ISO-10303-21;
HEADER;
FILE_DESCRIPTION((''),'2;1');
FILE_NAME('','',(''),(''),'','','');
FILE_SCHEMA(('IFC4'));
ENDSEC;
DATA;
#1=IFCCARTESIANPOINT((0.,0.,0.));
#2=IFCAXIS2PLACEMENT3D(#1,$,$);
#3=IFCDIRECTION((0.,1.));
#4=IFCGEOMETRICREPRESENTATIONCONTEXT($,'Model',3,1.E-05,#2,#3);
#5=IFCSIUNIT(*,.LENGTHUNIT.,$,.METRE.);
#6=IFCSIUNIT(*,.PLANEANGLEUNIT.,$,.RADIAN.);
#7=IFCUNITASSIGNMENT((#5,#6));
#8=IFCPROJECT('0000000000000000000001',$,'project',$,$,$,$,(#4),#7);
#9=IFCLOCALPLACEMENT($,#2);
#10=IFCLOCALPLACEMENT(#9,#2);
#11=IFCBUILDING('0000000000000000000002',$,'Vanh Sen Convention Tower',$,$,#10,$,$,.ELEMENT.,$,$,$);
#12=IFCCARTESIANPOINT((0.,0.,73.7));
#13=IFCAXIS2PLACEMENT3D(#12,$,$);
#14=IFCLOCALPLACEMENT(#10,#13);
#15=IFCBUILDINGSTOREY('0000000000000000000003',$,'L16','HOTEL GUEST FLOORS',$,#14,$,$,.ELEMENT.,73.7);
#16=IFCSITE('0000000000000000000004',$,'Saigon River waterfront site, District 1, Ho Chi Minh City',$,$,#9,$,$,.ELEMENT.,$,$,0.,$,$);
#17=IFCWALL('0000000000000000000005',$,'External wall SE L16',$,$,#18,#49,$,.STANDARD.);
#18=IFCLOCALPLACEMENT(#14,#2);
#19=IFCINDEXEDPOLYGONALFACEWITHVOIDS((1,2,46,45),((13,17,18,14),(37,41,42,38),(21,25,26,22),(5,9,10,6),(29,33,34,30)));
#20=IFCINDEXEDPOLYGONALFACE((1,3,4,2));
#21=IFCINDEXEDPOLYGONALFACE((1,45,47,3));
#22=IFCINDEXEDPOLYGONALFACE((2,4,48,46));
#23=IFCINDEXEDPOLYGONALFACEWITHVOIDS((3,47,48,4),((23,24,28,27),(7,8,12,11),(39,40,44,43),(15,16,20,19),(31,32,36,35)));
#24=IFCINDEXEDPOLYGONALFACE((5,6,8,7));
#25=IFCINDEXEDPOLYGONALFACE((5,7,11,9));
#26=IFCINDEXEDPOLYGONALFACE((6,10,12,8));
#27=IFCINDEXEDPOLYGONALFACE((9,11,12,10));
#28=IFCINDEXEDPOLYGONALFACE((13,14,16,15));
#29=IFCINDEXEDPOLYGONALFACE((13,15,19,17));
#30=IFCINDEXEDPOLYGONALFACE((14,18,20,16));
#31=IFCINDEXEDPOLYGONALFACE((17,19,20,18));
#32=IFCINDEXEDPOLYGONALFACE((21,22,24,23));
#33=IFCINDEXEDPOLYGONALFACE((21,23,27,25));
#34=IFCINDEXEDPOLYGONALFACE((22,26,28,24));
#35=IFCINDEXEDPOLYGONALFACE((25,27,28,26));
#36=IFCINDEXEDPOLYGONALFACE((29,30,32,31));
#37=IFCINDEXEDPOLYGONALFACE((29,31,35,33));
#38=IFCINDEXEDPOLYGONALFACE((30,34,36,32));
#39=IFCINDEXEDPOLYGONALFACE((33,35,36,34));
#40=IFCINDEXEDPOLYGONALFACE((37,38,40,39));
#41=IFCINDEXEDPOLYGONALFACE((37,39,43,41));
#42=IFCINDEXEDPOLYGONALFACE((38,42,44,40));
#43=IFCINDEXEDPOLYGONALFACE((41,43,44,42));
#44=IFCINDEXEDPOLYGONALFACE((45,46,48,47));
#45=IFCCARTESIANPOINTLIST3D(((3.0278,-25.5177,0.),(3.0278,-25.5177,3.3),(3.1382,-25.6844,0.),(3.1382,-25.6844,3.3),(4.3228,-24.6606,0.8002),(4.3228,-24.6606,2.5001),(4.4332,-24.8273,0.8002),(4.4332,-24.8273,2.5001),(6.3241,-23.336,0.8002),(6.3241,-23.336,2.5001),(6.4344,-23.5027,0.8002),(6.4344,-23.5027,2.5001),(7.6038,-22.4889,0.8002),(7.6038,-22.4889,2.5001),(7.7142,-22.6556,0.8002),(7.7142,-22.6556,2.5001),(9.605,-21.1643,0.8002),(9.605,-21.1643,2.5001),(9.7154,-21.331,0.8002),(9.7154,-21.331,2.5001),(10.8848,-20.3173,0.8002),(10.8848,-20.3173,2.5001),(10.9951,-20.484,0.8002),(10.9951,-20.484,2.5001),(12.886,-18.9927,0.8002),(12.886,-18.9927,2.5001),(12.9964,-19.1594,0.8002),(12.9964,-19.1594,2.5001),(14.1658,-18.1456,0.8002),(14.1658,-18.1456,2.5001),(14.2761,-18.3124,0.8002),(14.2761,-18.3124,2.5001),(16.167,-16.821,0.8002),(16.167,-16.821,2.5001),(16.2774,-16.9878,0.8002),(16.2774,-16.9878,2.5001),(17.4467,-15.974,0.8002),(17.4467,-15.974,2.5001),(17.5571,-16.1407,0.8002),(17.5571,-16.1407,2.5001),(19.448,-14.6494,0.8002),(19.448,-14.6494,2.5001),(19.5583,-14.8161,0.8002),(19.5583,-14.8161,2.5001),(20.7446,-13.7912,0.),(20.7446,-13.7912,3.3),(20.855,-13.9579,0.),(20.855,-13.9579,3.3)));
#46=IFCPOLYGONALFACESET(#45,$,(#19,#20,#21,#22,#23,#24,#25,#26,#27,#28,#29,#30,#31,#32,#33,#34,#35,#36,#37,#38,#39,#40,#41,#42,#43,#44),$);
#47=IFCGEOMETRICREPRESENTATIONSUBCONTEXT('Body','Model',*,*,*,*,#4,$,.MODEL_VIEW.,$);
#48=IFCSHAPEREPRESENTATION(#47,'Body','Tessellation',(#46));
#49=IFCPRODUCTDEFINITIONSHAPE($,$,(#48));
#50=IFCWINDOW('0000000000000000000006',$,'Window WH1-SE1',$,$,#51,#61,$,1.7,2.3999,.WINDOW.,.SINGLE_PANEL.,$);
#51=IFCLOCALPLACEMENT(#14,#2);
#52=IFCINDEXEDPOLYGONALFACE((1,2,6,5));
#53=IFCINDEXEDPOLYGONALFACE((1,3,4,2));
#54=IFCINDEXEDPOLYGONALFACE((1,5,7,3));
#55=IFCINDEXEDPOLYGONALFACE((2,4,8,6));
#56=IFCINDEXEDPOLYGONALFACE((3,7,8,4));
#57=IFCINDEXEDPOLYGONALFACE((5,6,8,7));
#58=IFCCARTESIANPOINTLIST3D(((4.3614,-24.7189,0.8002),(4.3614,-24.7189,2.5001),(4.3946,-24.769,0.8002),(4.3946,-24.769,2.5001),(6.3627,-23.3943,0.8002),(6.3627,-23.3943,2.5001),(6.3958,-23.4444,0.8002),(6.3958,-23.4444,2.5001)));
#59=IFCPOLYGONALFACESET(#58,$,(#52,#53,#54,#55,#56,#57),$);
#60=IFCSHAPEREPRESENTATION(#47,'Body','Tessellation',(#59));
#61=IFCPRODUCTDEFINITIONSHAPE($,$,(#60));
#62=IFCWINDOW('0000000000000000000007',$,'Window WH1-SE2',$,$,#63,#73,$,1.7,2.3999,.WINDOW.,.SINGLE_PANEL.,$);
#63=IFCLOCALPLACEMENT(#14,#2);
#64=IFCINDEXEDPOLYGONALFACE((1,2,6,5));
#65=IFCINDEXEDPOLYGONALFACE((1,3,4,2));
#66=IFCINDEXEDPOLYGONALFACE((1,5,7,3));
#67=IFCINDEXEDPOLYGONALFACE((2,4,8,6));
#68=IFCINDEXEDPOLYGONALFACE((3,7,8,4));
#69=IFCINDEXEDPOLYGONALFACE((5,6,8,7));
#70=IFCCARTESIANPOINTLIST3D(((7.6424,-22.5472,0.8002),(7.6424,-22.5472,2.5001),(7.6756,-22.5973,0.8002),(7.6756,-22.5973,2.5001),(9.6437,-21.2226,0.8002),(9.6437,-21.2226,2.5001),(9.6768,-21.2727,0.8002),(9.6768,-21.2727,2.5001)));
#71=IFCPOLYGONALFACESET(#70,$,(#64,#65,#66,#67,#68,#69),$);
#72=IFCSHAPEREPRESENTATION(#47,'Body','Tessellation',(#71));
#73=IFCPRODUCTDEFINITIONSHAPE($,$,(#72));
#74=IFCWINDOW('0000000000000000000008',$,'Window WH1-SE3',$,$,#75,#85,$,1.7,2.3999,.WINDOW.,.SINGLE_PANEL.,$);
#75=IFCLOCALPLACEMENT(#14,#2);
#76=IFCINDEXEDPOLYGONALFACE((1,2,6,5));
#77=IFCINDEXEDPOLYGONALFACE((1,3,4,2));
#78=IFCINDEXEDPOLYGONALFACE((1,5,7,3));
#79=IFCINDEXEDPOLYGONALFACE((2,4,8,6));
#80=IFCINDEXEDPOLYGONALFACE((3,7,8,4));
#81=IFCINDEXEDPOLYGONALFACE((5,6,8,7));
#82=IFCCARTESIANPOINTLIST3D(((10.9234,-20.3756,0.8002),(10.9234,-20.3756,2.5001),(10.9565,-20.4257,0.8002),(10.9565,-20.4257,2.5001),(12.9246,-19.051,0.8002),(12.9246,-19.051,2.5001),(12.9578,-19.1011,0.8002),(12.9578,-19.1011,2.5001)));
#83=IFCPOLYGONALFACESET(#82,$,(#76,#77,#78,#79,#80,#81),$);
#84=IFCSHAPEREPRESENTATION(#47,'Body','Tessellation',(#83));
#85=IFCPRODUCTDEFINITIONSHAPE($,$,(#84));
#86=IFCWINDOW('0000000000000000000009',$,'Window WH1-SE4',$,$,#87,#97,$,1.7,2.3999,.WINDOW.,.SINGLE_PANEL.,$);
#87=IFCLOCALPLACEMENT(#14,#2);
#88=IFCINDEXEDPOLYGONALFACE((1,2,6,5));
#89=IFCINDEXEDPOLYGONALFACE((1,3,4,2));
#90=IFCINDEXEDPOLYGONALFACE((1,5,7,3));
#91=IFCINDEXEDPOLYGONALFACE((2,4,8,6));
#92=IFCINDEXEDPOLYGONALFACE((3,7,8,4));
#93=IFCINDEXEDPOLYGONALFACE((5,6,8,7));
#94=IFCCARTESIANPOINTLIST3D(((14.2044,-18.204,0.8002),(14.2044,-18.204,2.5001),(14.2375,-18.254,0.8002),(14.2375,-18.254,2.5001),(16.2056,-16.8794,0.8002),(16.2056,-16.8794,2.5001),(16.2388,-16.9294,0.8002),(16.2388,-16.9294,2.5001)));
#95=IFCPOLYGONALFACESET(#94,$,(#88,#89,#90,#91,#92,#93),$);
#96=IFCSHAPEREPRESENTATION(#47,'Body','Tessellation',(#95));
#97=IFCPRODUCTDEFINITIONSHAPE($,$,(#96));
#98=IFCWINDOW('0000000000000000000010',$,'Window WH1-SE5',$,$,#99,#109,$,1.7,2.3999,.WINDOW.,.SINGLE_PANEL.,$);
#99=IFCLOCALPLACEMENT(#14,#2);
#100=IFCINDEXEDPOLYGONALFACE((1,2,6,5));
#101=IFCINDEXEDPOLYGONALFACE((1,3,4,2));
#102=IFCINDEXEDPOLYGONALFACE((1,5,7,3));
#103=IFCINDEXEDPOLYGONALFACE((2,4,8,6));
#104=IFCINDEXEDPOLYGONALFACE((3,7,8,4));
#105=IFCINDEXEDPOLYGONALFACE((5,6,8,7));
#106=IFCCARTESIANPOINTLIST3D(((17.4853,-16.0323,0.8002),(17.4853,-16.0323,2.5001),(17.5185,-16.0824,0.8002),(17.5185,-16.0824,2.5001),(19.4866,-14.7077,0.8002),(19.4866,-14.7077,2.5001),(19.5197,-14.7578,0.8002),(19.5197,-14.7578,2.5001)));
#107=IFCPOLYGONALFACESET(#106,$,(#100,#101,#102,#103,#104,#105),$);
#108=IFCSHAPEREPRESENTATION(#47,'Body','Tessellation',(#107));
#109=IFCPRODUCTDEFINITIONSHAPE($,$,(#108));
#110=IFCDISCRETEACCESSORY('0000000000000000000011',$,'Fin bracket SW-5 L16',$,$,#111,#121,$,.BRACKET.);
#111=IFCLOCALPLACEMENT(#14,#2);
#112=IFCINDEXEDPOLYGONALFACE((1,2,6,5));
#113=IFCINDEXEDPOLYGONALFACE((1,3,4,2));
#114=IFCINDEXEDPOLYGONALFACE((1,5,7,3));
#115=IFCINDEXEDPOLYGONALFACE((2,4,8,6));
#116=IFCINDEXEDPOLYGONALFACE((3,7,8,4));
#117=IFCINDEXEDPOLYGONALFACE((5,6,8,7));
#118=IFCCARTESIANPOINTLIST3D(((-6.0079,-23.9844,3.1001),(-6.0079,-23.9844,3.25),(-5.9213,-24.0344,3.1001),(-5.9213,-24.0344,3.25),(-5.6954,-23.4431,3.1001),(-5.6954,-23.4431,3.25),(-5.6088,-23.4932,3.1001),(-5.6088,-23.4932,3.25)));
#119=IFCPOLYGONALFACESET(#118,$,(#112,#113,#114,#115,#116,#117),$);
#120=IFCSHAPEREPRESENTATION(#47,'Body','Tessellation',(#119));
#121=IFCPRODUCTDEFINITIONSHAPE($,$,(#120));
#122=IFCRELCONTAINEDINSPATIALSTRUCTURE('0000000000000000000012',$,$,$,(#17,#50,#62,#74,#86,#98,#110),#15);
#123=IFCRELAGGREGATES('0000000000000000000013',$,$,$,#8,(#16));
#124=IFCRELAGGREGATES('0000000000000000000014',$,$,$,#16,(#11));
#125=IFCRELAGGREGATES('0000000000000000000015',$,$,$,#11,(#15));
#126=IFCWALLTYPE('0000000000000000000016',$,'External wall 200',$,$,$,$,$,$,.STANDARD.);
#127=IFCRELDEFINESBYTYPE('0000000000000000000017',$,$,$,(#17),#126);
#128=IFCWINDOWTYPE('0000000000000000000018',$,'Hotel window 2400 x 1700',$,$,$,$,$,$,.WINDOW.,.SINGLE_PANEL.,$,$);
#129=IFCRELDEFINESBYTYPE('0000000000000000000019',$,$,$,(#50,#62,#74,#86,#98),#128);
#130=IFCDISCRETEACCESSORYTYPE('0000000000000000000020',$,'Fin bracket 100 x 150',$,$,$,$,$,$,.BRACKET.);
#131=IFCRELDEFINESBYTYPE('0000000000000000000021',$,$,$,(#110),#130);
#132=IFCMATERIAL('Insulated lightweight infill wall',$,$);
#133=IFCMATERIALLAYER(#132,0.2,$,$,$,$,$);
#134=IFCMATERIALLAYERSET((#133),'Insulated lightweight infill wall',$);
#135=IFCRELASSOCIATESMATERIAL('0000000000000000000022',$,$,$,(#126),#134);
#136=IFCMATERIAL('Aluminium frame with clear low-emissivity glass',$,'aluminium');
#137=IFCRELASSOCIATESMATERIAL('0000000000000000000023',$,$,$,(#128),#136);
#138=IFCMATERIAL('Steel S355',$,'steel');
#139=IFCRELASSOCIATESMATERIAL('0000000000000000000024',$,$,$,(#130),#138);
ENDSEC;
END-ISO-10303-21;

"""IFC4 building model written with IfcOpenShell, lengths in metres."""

from ifc_helpers import new_model, si_unit, direction, frame, frame_2d, origin, origin_2d, place, context, subcontext, project, spatial, rectangle, extrude, material, layer, layer_set, type_object, element, fill, save


model = new_model("IFC4")

# Units and contexts
model_context = context("Model", 3, precision=1e-05, world=origin(), true_north=direction((0.0, 1.0)))
body_context = subcontext(model_context, "Body", "Model", "MODEL_VIEW")
ifc_project = project(units=[si_unit("LENGTHUNIT", "METRE"), si_unit("PLANEANGLEUNIT", "RADIAN")], contexts=[model_context])

# Site, building, storey
site_placement = place(None, origin())
site = spatial("IfcSite", under=ifc_project, at=site_placement, Name="Saigon River waterfront site, District 1, Ho Chi Minh City", CompositionType="ELEMENT", RefElevation=0.0)
building_placement = place(site_placement, origin())
building = spatial("IfcBuilding", under=site, at=building_placement, Name="Vanh Sen Convention Tower", CompositionType="ELEMENT")
storey_placement = place(building_placement, frame((0.0, 0.0, 73.7)))
storey = spatial("IfcBuildingStorey", under=building, at=storey_placement, Name="L16", Description="HOTEL GUEST FLOORS", CompositionType="ELEMENT", Elevation=73.7)

# Shared definitions
ifc_material_1 = material(Name="Insulated lightweight infill wall")
ifc_layer_1 = layer(ifc_material_1, 0.2)
ifc_layer_set_1 = layer_set([ifc_layer_1], Name="Insulated lightweight infill wall")
wall_type = type_object("IfcWallType", Name="External wall 200", PredefinedType="STANDARD", material=ifc_layer_set_1)
ifc_material_2 = material(Name="Aluminium frame with clear low-emissivity glass", Category="aluminium")

# Wall, openings, windows
wall_1_placement = place(storey_placement, frame((3.083, -25.6011, 0.0), z_axis=(0.0, 0.0, 1.0), x_axis=(0.833884, 0.551939, 0.0)))
wall_1 = element("IfcWall", 1, at=wall_1_placement, inside=storey, type_object=wall_type, Name="External wall SE L16", PredefinedType="STANDARD", context=body_context, shape_type="SweptSolid", body=[
    extrude(rectangle(XDim=21.2461, YDim=0.2, at=frame_2d((10.623, 0.0))), origin(), (0.0, 0.0, 1.0), 3.3),
])
opening_1_placement = place(wall_1_placement, frame((1.553, 0.0, 0.8)))
opening_1 = element("IfcOpeningElement", 2, at=opening_1_placement, cuts=wall_1, PredefinedType="OPENING", context=body_context, shape_type="SweptSolid", body=[
    extrude(rectangle(XDim=2.3999, YDim=1.7, at=frame_2d((1.2, 0.8501))), frame((0.0, 0.1099, 0.0), z_axis=(0.0, -1.0, 0.0), x_axis=(1.0, 0.0, 0.0)), (0.0, 0.0, 1.0), 0.22),
])
opening_2_placement = place(wall_1_placement, frame((5.4875, 0.0, 0.8)))
opening_2 = element("IfcOpeningElement", 3, at=opening_2_placement, cuts=wall_1, PredefinedType="OPENING", context=body_context, shape_type="SweptSolid", body=[
    extrude(rectangle(XDim=2.3999, YDim=1.7, at=frame_2d((1.2, 0.8501))), frame((0.0, 0.1099, 0.0), z_axis=(0.0, -1.0, 0.0), x_axis=(1.0, 0.0, 0.0)), (0.0, 0.0, 1.0), 0.22),
])
opening_3_placement = place(wall_1_placement, frame((9.4221, 0.0, 0.8)))
opening_3 = element("IfcOpeningElement", 4, at=opening_3_placement, cuts=wall_1, PredefinedType="OPENING", context=body_context, shape_type="SweptSolid", body=[
    extrude(rectangle(XDim=2.3999, YDim=1.7, at=frame_2d((1.2, 0.8501))), frame((0.0, 0.1099, 0.0), z_axis=(0.0, -1.0, 0.0), x_axis=(1.0, 0.0, 0.0)), (0.0, 0.0, 1.0), 0.22),
])
opening_4_placement = place(wall_1_placement, frame((13.3567, 0.0, 0.8)))
opening_4 = element("IfcOpeningElement", 5, at=opening_4_placement, cuts=wall_1, PredefinedType="OPENING", context=body_context, shape_type="SweptSolid", body=[
    extrude(rectangle(XDim=2.3999, YDim=1.7, at=frame_2d((1.2, 0.8501))), frame((0.0, 0.1099, 0.0), z_axis=(0.0, -1.0, 0.0), x_axis=(1.0, 0.0, 0.0)), (0.0, 0.0, 1.0), 0.22),
])
opening_5_placement = place(wall_1_placement, frame((17.2913, 0.0, 0.8)))
opening_5 = element("IfcOpeningElement", 6, at=opening_5_placement, cuts=wall_1, PredefinedType="OPENING", context=body_context, shape_type="SweptSolid", body=[
    extrude(rectangle(XDim=2.3999, YDim=1.7, at=frame_2d((1.2, 0.8501))), frame((0.0, 0.1099, 0.0), z_axis=(0.0, -1.0, 0.0), x_axis=(1.0, 0.0, 0.0)), (0.0, 0.0, 1.0), 0.22),
])
window_type_1 = type_object("IfcWindowType", Name="Hotel window 2400 x 1700", PartitioningType="SINGLE_PANEL", PredefinedType="WINDOW", material=ifc_material_2)
window_1_placement = place(opening_1_placement, origin())
window_1 = element("IfcWindow", 7, at=window_1_placement, inside=storey, type_object=window_type_1, Name="Window WH1-SE1", OverallHeight=1.7, OverallWidth=2.3999, PartitioningType="SINGLE_PANEL", PredefinedType="WINDOW", context=body_context, shape_type="SweptSolid", body=[
    extrude(rectangle(XDim=2.3999, YDim=1.7, at=frame_2d((1.2, 0.8501))), frame((0.0, 0.03, 0.0), z_axis=(0.0, -1.0, 0.0), x_axis=(1.0, 0.0, 0.0)), (0.0, 0.0, 1.0), 0.0601),
])
fill(opening_1, window_1)
window_2_placement = place(opening_2_placement, origin())
window_2 = element("IfcWindow", 8, at=window_2_placement, inside=storey, type_object=window_type_1, Name="Window WH1-SE2", OverallHeight=1.7, OverallWidth=2.3999, PartitioningType="SINGLE_PANEL", PredefinedType="WINDOW", context=body_context, shape_type="SweptSolid", body=[
    extrude(rectangle(XDim=2.3999, YDim=1.7, at=frame_2d((1.2, 0.8501))), frame((0.0, 0.03, 0.0), z_axis=(0.0, -1.0, 0.0), x_axis=(1.0, 0.0, 0.0)), (0.0, 0.0, 1.0), 0.0601),
])
fill(opening_2, window_2)
window_3_placement = place(opening_3_placement, origin())
window_3 = element("IfcWindow", 9, at=window_3_placement, inside=storey, type_object=window_type_1, Name="Window WH1-SE3", OverallHeight=1.7, OverallWidth=2.3999, PartitioningType="SINGLE_PANEL", PredefinedType="WINDOW", context=body_context, shape_type="SweptSolid", body=[
    extrude(rectangle(XDim=2.3999, YDim=1.7, at=frame_2d((1.2, 0.8501))), frame((0.0, 0.03, 0.0), z_axis=(0.0, -1.0, 0.0), x_axis=(1.0, 0.0, 0.0)), (0.0, 0.0, 1.0), 0.0601),
])
fill(opening_3, window_3)
window_4_placement = place(opening_4_placement, origin())
window_4 = element("IfcWindow", 10, at=window_4_placement, inside=storey, type_object=window_type_1, Name="Window WH1-SE4", OverallHeight=1.7, OverallWidth=2.3999, PartitioningType="SINGLE_PANEL", PredefinedType="WINDOW", context=body_context, shape_type="SweptSolid", body=[
    extrude(rectangle(XDim=2.3999, YDim=1.7, at=frame_2d((1.2, 0.8501))), frame((0.0, 0.03, 0.0), z_axis=(0.0, -1.0, 0.0), x_axis=(1.0, 0.0, 0.0)), (0.0, 0.0, 1.0), 0.0601),
])
fill(opening_4, window_4)
window_5_placement = place(opening_5_placement, origin())
window_5 = element("IfcWindow", 11, at=window_5_placement, inside=storey, type_object=window_type_1, Name="Window WH1-SE5", OverallHeight=1.7, OverallWidth=2.3999, PartitioningType="SINGLE_PANEL", PredefinedType="WINDOW", context=body_context, shape_type="SweptSolid", body=[
    extrude(rectangle(XDim=2.3999, YDim=1.7, at=frame_2d((1.2, 0.8501))), frame((0.0, 0.03, 0.0), z_axis=(0.0, -1.0, 0.0), x_axis=(1.0, 0.0, 0.0)), (0.0, 0.0, 1.0), 0.0601),
])
fill(opening_5, window_5)

# Discrete accessory
ifc_material_3 = material(Name="Steel S355", Category="steel")
discrete_accessory_type = type_object("IfcDiscreteAccessoryType", Name="Fin bracket 100 x 150", PredefinedType="BRACKET", material=ifc_material_3)
discrete_accessory_placement = place(storey_placement, frame((-5.8083, -23.7388, 3.1001), z_axis=(0.0, 0.0, 1.0), x_axis=(-0.5, -0.866025, 0.0)))
element("IfcDiscreteAccessory", 12, at=discrete_accessory_placement, inside=storey, type_object=discrete_accessory_type, Name="Fin bracket SW-5 L16", PredefinedType="BRACKET", context=body_context, shape_type="SweptSolid", body=[
    extrude(rectangle(XDim=0.625, YDim=0.1001, at=origin_2d()), origin(), (0.0, 0.0, 1.0), 0.1499),
])

save(model, "model.ifc")
